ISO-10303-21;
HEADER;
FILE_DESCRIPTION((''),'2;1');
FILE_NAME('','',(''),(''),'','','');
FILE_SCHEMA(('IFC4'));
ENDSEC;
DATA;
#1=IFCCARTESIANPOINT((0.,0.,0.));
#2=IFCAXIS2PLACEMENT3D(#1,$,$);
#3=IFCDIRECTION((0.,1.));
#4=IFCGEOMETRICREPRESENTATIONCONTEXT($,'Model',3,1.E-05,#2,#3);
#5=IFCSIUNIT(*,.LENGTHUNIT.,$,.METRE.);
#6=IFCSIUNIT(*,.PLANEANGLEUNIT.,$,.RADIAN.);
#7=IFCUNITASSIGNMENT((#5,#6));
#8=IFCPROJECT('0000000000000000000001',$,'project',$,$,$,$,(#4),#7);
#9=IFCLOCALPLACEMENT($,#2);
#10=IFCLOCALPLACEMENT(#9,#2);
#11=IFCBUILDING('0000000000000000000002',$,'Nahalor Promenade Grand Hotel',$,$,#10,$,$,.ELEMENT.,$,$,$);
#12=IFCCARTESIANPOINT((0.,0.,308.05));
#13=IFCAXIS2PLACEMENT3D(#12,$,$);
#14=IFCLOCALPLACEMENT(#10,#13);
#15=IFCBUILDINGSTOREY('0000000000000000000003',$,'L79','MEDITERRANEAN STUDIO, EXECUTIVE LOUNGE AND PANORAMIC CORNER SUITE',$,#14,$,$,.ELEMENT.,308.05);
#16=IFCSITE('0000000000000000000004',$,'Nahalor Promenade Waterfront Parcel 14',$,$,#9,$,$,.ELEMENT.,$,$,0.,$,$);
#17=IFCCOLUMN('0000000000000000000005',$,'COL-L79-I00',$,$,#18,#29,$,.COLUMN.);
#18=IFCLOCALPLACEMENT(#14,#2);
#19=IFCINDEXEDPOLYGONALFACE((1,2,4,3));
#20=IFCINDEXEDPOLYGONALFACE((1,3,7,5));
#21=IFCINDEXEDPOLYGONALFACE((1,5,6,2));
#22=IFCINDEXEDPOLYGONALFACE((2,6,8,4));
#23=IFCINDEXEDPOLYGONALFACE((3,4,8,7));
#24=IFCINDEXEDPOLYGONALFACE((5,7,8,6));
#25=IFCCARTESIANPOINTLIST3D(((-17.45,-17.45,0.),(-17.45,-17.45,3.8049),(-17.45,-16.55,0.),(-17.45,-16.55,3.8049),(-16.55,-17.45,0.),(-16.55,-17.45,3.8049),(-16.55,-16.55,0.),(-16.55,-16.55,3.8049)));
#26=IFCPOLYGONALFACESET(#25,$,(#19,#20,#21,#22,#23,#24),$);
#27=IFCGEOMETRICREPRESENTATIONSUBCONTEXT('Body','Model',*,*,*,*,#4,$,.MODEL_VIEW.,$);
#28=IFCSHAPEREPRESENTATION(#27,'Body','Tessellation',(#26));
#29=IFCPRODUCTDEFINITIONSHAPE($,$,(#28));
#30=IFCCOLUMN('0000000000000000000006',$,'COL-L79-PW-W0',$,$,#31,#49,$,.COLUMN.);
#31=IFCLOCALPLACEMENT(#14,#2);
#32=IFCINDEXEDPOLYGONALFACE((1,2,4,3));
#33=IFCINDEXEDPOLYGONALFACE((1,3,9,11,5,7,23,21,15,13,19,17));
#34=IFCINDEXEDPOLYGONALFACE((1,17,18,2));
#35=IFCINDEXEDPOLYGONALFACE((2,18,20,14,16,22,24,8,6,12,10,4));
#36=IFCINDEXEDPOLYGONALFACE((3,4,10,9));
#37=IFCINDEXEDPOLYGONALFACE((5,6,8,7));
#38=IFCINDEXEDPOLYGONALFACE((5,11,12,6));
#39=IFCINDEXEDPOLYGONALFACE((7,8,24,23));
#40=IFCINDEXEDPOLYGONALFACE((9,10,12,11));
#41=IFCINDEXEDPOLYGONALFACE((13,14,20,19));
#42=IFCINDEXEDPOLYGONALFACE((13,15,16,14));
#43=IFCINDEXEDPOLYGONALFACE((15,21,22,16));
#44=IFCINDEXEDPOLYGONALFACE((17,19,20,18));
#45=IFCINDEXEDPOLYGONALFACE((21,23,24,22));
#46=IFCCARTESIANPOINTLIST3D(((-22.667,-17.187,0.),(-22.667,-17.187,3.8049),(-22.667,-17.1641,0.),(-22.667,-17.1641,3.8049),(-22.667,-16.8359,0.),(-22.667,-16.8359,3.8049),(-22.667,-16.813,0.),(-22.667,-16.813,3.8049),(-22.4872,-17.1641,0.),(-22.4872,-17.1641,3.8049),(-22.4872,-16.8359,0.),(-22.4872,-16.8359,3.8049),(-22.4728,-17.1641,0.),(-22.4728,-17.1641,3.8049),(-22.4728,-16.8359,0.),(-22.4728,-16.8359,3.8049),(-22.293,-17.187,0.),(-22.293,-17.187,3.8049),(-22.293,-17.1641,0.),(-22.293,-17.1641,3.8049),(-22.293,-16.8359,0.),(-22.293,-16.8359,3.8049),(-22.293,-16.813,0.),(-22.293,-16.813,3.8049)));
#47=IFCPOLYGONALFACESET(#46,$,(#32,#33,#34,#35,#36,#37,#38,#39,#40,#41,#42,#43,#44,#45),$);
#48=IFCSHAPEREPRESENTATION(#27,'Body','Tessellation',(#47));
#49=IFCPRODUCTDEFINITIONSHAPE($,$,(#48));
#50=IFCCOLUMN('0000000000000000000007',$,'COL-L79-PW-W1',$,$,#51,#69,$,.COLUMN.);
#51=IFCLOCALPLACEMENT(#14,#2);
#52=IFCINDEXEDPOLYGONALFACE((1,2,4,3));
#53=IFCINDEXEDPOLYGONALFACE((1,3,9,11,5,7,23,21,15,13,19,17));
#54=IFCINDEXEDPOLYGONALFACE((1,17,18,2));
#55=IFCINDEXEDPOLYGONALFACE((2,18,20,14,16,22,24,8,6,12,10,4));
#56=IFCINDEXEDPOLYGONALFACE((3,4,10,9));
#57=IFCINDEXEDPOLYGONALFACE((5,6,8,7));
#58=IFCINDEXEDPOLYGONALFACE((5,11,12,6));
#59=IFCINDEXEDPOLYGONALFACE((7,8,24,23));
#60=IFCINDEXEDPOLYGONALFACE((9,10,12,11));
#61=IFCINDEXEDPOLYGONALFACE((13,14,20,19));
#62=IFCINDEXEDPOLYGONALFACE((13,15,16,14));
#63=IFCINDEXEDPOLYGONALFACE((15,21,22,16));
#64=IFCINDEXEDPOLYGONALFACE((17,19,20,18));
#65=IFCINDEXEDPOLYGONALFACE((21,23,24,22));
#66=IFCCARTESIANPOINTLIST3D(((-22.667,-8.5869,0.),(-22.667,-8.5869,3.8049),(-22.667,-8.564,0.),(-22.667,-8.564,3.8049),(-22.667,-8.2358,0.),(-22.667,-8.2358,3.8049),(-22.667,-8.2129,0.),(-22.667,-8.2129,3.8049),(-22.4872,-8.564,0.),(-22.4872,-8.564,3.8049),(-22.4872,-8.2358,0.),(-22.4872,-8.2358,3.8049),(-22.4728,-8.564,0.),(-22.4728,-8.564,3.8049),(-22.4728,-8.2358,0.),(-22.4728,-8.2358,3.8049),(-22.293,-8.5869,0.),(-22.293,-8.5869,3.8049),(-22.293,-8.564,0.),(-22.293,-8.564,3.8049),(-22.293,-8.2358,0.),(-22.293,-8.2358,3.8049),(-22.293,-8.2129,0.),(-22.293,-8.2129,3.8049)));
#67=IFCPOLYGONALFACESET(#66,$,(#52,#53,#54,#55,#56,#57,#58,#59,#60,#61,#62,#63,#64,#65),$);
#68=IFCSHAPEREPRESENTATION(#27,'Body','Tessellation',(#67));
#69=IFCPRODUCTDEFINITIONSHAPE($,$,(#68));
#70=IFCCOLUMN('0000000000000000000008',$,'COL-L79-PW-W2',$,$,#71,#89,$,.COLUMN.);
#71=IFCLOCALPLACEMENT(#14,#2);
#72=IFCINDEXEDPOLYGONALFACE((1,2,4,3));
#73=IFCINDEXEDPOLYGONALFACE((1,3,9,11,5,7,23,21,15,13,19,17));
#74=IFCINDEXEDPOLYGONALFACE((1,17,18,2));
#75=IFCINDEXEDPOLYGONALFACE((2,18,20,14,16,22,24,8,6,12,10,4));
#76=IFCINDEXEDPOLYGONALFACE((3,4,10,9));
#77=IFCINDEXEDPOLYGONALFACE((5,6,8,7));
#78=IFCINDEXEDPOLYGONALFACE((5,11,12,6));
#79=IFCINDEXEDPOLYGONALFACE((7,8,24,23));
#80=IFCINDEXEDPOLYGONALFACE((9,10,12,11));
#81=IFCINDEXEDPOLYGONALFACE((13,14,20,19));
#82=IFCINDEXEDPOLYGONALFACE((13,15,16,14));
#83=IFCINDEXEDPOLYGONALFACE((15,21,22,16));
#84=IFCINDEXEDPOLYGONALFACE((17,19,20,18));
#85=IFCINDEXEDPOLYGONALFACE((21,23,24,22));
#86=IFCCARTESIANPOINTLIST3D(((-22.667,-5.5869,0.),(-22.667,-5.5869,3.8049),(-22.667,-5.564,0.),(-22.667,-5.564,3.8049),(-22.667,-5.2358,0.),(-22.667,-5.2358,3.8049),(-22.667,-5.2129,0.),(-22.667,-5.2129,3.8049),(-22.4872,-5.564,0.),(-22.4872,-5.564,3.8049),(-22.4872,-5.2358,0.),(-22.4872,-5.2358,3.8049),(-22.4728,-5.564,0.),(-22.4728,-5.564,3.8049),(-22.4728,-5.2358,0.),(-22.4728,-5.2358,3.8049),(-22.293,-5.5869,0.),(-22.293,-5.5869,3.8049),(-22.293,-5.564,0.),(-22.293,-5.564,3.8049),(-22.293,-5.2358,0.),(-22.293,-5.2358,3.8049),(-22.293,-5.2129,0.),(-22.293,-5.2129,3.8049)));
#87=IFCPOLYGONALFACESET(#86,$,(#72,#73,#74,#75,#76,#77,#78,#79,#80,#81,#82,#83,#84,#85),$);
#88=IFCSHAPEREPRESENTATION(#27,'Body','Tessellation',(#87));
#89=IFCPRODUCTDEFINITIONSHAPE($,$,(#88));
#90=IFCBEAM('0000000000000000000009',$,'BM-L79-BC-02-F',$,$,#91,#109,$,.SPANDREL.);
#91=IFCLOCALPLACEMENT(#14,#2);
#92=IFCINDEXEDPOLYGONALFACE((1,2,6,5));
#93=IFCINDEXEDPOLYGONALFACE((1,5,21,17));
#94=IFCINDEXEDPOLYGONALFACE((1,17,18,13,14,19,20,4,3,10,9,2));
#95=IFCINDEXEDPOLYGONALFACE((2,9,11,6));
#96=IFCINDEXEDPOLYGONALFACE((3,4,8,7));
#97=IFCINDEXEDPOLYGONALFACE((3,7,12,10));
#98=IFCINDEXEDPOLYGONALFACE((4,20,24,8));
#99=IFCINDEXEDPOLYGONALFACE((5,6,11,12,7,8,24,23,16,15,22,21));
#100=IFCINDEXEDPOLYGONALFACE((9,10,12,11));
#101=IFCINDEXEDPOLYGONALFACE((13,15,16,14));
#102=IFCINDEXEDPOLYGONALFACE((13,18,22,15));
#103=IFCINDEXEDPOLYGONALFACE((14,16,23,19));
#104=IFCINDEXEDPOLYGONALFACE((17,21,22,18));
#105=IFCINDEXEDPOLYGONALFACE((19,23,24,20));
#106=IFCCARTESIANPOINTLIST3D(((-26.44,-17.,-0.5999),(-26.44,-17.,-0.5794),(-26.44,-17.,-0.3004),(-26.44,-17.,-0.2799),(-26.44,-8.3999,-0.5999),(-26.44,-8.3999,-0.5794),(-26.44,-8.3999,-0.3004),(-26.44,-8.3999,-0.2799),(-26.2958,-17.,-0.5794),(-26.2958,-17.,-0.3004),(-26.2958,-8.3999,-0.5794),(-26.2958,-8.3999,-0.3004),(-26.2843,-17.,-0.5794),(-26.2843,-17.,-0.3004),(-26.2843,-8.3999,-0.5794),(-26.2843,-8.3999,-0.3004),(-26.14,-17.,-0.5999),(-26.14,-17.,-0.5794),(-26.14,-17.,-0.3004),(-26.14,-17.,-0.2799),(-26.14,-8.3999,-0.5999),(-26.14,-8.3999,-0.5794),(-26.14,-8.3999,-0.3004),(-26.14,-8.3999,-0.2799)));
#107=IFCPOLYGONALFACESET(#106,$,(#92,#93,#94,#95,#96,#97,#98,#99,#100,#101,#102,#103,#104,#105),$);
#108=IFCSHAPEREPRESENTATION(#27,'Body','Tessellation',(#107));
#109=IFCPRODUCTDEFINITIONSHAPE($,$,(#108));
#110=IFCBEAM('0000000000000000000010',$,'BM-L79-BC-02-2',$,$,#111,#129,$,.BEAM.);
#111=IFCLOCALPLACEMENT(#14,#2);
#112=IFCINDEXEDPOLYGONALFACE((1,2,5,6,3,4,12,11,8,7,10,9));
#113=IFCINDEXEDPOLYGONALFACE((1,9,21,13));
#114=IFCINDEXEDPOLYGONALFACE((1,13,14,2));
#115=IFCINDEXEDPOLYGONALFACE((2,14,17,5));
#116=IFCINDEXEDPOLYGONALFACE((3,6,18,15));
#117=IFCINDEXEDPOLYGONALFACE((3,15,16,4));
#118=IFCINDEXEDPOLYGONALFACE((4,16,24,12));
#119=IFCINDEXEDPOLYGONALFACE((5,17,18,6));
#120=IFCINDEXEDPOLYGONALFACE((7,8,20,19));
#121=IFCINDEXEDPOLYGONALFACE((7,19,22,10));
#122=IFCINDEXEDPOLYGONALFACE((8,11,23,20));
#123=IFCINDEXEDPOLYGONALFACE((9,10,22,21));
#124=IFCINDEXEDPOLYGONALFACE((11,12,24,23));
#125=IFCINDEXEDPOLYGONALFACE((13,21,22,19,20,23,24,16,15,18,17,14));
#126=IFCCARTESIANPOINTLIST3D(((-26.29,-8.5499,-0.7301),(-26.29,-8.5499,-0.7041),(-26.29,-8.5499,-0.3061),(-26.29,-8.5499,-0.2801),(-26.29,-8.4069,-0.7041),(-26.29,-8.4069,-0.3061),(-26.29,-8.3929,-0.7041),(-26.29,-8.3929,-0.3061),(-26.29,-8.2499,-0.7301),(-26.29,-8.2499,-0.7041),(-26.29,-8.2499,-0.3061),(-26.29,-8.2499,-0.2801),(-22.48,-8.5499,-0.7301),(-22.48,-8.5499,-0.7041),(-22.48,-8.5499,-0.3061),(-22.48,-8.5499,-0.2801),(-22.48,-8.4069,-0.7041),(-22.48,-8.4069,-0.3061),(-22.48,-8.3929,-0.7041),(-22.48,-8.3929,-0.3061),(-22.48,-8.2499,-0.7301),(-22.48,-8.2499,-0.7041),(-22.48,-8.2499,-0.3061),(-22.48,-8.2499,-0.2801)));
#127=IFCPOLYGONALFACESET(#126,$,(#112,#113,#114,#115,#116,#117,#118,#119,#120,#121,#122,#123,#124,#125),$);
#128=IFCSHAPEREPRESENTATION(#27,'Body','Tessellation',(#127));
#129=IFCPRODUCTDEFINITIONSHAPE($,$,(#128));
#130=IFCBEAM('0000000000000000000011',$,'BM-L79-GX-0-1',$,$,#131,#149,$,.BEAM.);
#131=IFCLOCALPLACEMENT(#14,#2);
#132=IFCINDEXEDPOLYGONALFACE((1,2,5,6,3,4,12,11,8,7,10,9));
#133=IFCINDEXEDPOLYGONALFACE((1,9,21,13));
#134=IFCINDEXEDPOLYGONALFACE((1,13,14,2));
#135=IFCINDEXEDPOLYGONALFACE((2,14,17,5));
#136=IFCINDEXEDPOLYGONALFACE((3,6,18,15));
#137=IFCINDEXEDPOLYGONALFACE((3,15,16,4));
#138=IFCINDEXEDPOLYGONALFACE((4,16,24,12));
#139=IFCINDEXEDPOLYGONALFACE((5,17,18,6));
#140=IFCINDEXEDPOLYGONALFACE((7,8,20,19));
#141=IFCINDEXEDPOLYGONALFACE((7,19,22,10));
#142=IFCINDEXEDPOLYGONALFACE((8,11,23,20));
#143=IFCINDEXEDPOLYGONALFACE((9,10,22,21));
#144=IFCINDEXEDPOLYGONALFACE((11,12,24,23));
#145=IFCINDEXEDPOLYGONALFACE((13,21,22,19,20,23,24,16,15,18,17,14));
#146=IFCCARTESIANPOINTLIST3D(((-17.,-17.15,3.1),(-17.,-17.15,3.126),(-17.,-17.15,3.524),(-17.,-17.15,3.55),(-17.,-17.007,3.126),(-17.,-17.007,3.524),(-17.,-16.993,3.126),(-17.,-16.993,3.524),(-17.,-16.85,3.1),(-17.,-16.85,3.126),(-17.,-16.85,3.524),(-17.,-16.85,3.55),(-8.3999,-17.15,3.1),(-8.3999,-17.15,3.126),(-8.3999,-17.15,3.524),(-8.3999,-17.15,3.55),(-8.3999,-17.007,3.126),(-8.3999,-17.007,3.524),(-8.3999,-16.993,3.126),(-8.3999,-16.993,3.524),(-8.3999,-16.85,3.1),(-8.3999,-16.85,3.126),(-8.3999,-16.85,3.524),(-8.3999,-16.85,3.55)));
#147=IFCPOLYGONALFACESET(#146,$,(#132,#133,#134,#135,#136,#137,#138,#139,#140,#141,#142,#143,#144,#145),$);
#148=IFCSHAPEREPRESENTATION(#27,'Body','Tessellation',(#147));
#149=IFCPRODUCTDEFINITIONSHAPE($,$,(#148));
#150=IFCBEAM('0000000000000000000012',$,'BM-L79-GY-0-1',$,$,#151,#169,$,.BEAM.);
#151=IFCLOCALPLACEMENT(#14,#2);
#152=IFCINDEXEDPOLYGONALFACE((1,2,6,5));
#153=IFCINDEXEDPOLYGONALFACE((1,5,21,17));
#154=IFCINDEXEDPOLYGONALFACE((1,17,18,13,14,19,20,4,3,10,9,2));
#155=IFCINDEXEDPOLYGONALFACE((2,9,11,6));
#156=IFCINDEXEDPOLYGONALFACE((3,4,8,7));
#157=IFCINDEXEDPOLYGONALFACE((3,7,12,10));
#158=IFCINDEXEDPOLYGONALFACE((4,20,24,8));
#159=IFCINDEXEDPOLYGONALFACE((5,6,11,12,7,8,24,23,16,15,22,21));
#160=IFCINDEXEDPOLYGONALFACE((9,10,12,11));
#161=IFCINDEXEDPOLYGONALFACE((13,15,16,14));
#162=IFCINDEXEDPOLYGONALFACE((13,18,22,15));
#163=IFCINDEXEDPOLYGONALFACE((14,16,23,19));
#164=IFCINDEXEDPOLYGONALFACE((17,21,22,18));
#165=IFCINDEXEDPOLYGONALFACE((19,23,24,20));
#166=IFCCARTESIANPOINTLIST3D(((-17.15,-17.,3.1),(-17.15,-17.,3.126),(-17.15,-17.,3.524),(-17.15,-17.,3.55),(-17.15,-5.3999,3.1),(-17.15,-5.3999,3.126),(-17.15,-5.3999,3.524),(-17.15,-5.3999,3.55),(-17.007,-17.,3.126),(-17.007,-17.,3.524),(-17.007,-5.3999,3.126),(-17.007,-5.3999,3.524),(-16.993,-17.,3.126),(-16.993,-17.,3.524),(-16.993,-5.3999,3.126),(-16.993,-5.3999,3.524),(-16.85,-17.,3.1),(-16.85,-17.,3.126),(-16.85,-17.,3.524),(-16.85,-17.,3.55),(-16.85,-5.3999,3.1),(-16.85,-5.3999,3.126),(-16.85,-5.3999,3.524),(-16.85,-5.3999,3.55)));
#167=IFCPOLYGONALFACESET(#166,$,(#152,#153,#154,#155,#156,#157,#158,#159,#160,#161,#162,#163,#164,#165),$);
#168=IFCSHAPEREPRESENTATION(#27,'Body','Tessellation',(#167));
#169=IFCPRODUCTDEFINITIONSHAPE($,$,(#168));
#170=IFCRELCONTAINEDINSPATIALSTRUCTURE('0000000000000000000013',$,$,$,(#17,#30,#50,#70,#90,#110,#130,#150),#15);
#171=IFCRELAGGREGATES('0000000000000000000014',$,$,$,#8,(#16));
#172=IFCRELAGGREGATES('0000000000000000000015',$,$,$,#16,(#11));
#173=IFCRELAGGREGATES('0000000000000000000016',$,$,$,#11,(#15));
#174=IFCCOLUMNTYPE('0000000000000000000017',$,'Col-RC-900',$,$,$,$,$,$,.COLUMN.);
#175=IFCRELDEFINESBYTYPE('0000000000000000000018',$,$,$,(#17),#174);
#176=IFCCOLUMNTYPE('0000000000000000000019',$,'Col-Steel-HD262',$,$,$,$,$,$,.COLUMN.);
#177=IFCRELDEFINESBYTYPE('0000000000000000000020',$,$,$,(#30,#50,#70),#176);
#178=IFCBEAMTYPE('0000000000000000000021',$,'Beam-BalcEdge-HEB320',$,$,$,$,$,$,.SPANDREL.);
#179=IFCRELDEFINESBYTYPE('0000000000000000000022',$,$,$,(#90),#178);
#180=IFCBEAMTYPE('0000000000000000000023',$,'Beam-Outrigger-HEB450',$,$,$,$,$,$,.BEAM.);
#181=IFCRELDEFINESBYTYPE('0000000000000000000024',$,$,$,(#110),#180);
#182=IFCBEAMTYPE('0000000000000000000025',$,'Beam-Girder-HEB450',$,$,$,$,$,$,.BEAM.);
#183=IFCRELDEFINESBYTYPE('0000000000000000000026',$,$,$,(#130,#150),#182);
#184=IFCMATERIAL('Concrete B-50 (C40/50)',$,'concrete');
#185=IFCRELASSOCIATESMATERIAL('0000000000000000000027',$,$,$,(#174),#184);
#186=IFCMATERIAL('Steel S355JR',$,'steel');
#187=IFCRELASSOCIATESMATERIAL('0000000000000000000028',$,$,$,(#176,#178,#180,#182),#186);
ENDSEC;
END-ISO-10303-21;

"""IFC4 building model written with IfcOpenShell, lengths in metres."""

from ifc_helpers import new_model, si_unit, direction, frame, origin, origin_2d, place, context, subcontext, project, spatial, rectangle, i_section, extrude, source, transform, mapped, material, material_profile, profile_set, type_object, element, save


model = new_model("IFC4")

# Units and contexts
model_context = context("Model", 3, precision=1e-05, world=origin(), true_north=direction((0.0, 1.0)))
body_context = subcontext(model_context, "Body", "Model", "MODEL_VIEW")
ifc_project = project(units=[si_unit("LENGTHUNIT", "METRE"), si_unit("PLANEANGLEUNIT", "RADIAN")], contexts=[model_context])

# Site, building, storey
site_placement = place(None, origin())
site = spatial("IfcSite", under=ifc_project, at=site_placement, Name="Nahalor Promenade Waterfront Parcel 14", CompositionType="ELEMENT", RefElevation=0.0)
building_placement = place(site_placement, origin())
building = spatial("IfcBuilding", under=site, at=building_placement, Name="Nahalor Promenade Grand Hotel", CompositionType="ELEMENT")
storey_placement = place(building_placement, frame((0.0, 0.0, 308.05)))
storey = spatial("IfcBuildingStorey", under=building, at=storey_placement, Name="L79", Description="MEDITERRANEAN STUDIO, EXECUTIVE LOUNGE AND PANORAMIC CORNER SUITE", CompositionType="ELEMENT", Elevation=308.05)

# Columns
ifc_material_1 = material(Name="Concrete B-50 (C40/50)", Category="concrete")
ifc_material_profile_1 = material_profile(ifc_material_1, rectangle(XDim=0.9, YDim=0.9, at=origin_2d()), Name="RC 900x900")
ifc_profile_set_1 = profile_set([ifc_material_profile_1], Name="Concrete B-50 (C40/50)")
column_type_1 = type_object("IfcColumnType", Name="Col-RC-900", PredefinedType="COLUMN", material=ifc_profile_set_1)
shared_shape_1 = source(origin(), body_context, "Body", "SweptSolid", [
    extrude(rectangle(XDim=0.9, YDim=0.9, at=origin_2d()), origin(), (0.0, 0.0, 1.0), 3.8049),
])
column_placement = place(storey_placement, frame((-17.0, -17.0, 0.0), z_axis=(0.0, 0.0, 1.0), x_axis=(1.0, 0.0, 0.0)))
element("IfcColumn", 1, at=column_placement, inside=storey, type_object=column_type_1, Name="COL-L79-I00", PredefinedType="COLUMN", context=body_context, shape_type="MappedRepresentation", body=[
    mapped(shared_shape_1, transform((0.0, 0.0, 0.0), scale=1.0)),
])
ifc_material_2 = material(Name="Steel S355JR", Category="steel")
ifc_material_profile_2 = material_profile(ifc_material_2, i_section(OverallWidth=0.374, OverallDepth=0.374, WebThickness=0.0144, FlangeThickness=0.0229, at=origin_2d()), Name="HD 360x262")
ifc_profile_set_2 = profile_set([ifc_material_profile_2], Name="Steel S355JR")
column_type_2 = type_object("IfcColumnType", Name="Col-Steel-HD262", PredefinedType="COLUMN", material=ifc_profile_set_2)
shared_shape_2 = source(origin(), body_context, "Body", "SweptSolid", [
    extrude(i_section(OverallWidth=0.374, OverallDepth=0.374, WebThickness=0.0144, FlangeThickness=0.0229, at=origin_2d()), origin(), (0.0, 0.0, 1.0), 3.8049),
])
for number, where, z_axis, x_axis, name in (
    (2, (-22.48, -17.0, 0.0), (0.0, 0.0, 1.0), (1.0, 0.0, 0.0), "COL-L79-PW-W0"),
    (3, (-22.48, -8.3999, 0.0), (0.0, 0.0, 1.0), (1.0, 0.0, 0.0), "COL-L79-PW-W1"),
    (4, (-22.48, -5.3999, 0.0), (0.0, 0.0, 1.0), (1.0, 0.0, 0.0), "COL-L79-PW-W2"),
):
    element("IfcColumn", number, at=place(storey_placement, frame(where, z_axis=z_axis, x_axis=x_axis)), inside=storey, type_object=column_type_2, Name=name, PredefinedType="COLUMN", context=body_context, shape_type="MappedRepresentation", body=[
        mapped(shared_shape_2, transform((0.0, 0.0, 0.0), scale=1.0)),
    ])

# Beams
ifc_material_profile_3 = material_profile(ifc_material_2, i_section(OverallWidth=0.3, OverallDepth=0.32, WebThickness=0.0115, FlangeThickness=0.0205, at=origin_2d()), Name="HEB 320")
ifc_profile_set_3 = profile_set([ifc_material_profile_3], Name="Steel S355JR")
beam_type_1 = type_object("IfcBeamType", Name="Beam-BalcEdge-HEB320", PredefinedType="SPANDREL", material=ifc_profile_set_3)
shared_shape_3 = source(origin(), body_context, "Body", "SweptSolid", [
    extrude(i_section(OverallWidth=0.3, OverallDepth=0.32, WebThickness=0.0115, FlangeThickness=0.0205, at=origin_2d()), origin(), (0.0, 0.0, 1.0), 8.6001),
])
beam_1_placement = place(storey_placement, frame((-26.29, -17.0, -0.4399), z_axis=(0.0, 1.0, 0.0), x_axis=(-1.0, 0.0, 0.0)))
element("IfcBeam", 5, at=beam_1_placement, inside=storey, type_object=beam_type_1, Name="BM-L79-BC-02-F", PredefinedType="SPANDREL", context=body_context, shape_type="MappedRepresentation", body=[
    mapped(shared_shape_3, transform((0.0, 0.0, 0.0), scale=1.0)),
])
ifc_material_profile_4 = material_profile(ifc_material_2, i_section(OverallWidth=0.3, OverallDepth=0.45, WebThickness=0.014, FlangeThickness=0.026, at=origin_2d()), Name="HEB 450")
ifc_profile_set_4 = profile_set([ifc_material_profile_4], Name="Steel S355JR")
beam_type_2 = type_object("IfcBeamType", Name="Beam-Outrigger-HEB450", PredefinedType="BEAM", material=ifc_profile_set_4)
shared_shape_4 = source(origin(), body_context, "Body", "SweptSolid", [
    extrude(i_section(OverallWidth=0.3, OverallDepth=0.45, WebThickness=0.014, FlangeThickness=0.026, at=origin_2d()), origin(), (0.0, 0.0, 1.0), 3.8101),
])
beam_2_placement = place(storey_placement, frame((-26.29, -8.3999, -0.5051), z_axis=(1.0, 0.0, 0.0), x_axis=(0.0, 1.0, 0.0)))
element("IfcBeam", 6, at=beam_2_placement, inside=storey, type_object=beam_type_2, Name="BM-L79-BC-02-2", PredefinedType="BEAM", context=body_context, shape_type="MappedRepresentation", body=[
    mapped(shared_shape_4, transform((0.0, 0.0, 0.0), scale=1.0)),
])
ifc_material_profile_5 = material_profile(ifc_material_2, i_section(OverallWidth=0.3, OverallDepth=0.45, WebThickness=0.014, FlangeThickness=0.026, at=origin_2d()), Name="HEB 450")
ifc_profile_set_5 = profile_set([ifc_material_profile_5], Name="Steel S355JR")
beam_type_3 = type_object("IfcBeamType", Name="Beam-Girder-HEB450", PredefinedType="BEAM", material=ifc_profile_set_5)
shared_shape_5 = source(origin(), body_context, "Body", "SweptSolid", [
    extrude(i_section(OverallWidth=0.3, OverallDepth=0.45, WebThickness=0.014, FlangeThickness=0.026, at=origin_2d()), origin(), (0.0, 0.0, 1.0), 8.6001),
])
beam_3_placement = place(storey_placement, frame((-17.0, -17.0, 3.325), z_axis=(1.0, 0.0, 0.0), x_axis=(0.0, 1.0, 0.0)))
element("IfcBeam", 7, at=beam_3_placement, inside=storey, type_object=beam_type_3, Name="BM-L79-GX-0-1", PredefinedType="BEAM", context=body_context, shape_type="MappedRepresentation", body=[
    mapped(shared_shape_5, transform((0.0, 0.0, 0.0), scale=1.0)),
])
shared_shape_6 = source(origin(), body_context, "Body", "SweptSolid", [
    extrude(i_section(OverallWidth=0.3, OverallDepth=0.45, WebThickness=0.014, FlangeThickness=0.026, at=origin_2d()), origin(), (0.0, 0.0, 1.0), 11.6001),
])
beam_4_placement = place(storey_placement, frame((-17.0, -17.0, 3.325), z_axis=(0.0, 1.0, 0.0), x_axis=(-1.0, 0.0, 0.0)))
element("IfcBeam", 8, at=beam_4_placement, inside=storey, type_object=beam_type_3, Name="BM-L79-GY-0-1", PredefinedType="BEAM", context=body_context, shape_type="MappedRepresentation", body=[
    mapped(shared_shape_6, transform((0.0, 0.0, 0.0), scale=1.0)),
])

save(model, "model.ifc")
